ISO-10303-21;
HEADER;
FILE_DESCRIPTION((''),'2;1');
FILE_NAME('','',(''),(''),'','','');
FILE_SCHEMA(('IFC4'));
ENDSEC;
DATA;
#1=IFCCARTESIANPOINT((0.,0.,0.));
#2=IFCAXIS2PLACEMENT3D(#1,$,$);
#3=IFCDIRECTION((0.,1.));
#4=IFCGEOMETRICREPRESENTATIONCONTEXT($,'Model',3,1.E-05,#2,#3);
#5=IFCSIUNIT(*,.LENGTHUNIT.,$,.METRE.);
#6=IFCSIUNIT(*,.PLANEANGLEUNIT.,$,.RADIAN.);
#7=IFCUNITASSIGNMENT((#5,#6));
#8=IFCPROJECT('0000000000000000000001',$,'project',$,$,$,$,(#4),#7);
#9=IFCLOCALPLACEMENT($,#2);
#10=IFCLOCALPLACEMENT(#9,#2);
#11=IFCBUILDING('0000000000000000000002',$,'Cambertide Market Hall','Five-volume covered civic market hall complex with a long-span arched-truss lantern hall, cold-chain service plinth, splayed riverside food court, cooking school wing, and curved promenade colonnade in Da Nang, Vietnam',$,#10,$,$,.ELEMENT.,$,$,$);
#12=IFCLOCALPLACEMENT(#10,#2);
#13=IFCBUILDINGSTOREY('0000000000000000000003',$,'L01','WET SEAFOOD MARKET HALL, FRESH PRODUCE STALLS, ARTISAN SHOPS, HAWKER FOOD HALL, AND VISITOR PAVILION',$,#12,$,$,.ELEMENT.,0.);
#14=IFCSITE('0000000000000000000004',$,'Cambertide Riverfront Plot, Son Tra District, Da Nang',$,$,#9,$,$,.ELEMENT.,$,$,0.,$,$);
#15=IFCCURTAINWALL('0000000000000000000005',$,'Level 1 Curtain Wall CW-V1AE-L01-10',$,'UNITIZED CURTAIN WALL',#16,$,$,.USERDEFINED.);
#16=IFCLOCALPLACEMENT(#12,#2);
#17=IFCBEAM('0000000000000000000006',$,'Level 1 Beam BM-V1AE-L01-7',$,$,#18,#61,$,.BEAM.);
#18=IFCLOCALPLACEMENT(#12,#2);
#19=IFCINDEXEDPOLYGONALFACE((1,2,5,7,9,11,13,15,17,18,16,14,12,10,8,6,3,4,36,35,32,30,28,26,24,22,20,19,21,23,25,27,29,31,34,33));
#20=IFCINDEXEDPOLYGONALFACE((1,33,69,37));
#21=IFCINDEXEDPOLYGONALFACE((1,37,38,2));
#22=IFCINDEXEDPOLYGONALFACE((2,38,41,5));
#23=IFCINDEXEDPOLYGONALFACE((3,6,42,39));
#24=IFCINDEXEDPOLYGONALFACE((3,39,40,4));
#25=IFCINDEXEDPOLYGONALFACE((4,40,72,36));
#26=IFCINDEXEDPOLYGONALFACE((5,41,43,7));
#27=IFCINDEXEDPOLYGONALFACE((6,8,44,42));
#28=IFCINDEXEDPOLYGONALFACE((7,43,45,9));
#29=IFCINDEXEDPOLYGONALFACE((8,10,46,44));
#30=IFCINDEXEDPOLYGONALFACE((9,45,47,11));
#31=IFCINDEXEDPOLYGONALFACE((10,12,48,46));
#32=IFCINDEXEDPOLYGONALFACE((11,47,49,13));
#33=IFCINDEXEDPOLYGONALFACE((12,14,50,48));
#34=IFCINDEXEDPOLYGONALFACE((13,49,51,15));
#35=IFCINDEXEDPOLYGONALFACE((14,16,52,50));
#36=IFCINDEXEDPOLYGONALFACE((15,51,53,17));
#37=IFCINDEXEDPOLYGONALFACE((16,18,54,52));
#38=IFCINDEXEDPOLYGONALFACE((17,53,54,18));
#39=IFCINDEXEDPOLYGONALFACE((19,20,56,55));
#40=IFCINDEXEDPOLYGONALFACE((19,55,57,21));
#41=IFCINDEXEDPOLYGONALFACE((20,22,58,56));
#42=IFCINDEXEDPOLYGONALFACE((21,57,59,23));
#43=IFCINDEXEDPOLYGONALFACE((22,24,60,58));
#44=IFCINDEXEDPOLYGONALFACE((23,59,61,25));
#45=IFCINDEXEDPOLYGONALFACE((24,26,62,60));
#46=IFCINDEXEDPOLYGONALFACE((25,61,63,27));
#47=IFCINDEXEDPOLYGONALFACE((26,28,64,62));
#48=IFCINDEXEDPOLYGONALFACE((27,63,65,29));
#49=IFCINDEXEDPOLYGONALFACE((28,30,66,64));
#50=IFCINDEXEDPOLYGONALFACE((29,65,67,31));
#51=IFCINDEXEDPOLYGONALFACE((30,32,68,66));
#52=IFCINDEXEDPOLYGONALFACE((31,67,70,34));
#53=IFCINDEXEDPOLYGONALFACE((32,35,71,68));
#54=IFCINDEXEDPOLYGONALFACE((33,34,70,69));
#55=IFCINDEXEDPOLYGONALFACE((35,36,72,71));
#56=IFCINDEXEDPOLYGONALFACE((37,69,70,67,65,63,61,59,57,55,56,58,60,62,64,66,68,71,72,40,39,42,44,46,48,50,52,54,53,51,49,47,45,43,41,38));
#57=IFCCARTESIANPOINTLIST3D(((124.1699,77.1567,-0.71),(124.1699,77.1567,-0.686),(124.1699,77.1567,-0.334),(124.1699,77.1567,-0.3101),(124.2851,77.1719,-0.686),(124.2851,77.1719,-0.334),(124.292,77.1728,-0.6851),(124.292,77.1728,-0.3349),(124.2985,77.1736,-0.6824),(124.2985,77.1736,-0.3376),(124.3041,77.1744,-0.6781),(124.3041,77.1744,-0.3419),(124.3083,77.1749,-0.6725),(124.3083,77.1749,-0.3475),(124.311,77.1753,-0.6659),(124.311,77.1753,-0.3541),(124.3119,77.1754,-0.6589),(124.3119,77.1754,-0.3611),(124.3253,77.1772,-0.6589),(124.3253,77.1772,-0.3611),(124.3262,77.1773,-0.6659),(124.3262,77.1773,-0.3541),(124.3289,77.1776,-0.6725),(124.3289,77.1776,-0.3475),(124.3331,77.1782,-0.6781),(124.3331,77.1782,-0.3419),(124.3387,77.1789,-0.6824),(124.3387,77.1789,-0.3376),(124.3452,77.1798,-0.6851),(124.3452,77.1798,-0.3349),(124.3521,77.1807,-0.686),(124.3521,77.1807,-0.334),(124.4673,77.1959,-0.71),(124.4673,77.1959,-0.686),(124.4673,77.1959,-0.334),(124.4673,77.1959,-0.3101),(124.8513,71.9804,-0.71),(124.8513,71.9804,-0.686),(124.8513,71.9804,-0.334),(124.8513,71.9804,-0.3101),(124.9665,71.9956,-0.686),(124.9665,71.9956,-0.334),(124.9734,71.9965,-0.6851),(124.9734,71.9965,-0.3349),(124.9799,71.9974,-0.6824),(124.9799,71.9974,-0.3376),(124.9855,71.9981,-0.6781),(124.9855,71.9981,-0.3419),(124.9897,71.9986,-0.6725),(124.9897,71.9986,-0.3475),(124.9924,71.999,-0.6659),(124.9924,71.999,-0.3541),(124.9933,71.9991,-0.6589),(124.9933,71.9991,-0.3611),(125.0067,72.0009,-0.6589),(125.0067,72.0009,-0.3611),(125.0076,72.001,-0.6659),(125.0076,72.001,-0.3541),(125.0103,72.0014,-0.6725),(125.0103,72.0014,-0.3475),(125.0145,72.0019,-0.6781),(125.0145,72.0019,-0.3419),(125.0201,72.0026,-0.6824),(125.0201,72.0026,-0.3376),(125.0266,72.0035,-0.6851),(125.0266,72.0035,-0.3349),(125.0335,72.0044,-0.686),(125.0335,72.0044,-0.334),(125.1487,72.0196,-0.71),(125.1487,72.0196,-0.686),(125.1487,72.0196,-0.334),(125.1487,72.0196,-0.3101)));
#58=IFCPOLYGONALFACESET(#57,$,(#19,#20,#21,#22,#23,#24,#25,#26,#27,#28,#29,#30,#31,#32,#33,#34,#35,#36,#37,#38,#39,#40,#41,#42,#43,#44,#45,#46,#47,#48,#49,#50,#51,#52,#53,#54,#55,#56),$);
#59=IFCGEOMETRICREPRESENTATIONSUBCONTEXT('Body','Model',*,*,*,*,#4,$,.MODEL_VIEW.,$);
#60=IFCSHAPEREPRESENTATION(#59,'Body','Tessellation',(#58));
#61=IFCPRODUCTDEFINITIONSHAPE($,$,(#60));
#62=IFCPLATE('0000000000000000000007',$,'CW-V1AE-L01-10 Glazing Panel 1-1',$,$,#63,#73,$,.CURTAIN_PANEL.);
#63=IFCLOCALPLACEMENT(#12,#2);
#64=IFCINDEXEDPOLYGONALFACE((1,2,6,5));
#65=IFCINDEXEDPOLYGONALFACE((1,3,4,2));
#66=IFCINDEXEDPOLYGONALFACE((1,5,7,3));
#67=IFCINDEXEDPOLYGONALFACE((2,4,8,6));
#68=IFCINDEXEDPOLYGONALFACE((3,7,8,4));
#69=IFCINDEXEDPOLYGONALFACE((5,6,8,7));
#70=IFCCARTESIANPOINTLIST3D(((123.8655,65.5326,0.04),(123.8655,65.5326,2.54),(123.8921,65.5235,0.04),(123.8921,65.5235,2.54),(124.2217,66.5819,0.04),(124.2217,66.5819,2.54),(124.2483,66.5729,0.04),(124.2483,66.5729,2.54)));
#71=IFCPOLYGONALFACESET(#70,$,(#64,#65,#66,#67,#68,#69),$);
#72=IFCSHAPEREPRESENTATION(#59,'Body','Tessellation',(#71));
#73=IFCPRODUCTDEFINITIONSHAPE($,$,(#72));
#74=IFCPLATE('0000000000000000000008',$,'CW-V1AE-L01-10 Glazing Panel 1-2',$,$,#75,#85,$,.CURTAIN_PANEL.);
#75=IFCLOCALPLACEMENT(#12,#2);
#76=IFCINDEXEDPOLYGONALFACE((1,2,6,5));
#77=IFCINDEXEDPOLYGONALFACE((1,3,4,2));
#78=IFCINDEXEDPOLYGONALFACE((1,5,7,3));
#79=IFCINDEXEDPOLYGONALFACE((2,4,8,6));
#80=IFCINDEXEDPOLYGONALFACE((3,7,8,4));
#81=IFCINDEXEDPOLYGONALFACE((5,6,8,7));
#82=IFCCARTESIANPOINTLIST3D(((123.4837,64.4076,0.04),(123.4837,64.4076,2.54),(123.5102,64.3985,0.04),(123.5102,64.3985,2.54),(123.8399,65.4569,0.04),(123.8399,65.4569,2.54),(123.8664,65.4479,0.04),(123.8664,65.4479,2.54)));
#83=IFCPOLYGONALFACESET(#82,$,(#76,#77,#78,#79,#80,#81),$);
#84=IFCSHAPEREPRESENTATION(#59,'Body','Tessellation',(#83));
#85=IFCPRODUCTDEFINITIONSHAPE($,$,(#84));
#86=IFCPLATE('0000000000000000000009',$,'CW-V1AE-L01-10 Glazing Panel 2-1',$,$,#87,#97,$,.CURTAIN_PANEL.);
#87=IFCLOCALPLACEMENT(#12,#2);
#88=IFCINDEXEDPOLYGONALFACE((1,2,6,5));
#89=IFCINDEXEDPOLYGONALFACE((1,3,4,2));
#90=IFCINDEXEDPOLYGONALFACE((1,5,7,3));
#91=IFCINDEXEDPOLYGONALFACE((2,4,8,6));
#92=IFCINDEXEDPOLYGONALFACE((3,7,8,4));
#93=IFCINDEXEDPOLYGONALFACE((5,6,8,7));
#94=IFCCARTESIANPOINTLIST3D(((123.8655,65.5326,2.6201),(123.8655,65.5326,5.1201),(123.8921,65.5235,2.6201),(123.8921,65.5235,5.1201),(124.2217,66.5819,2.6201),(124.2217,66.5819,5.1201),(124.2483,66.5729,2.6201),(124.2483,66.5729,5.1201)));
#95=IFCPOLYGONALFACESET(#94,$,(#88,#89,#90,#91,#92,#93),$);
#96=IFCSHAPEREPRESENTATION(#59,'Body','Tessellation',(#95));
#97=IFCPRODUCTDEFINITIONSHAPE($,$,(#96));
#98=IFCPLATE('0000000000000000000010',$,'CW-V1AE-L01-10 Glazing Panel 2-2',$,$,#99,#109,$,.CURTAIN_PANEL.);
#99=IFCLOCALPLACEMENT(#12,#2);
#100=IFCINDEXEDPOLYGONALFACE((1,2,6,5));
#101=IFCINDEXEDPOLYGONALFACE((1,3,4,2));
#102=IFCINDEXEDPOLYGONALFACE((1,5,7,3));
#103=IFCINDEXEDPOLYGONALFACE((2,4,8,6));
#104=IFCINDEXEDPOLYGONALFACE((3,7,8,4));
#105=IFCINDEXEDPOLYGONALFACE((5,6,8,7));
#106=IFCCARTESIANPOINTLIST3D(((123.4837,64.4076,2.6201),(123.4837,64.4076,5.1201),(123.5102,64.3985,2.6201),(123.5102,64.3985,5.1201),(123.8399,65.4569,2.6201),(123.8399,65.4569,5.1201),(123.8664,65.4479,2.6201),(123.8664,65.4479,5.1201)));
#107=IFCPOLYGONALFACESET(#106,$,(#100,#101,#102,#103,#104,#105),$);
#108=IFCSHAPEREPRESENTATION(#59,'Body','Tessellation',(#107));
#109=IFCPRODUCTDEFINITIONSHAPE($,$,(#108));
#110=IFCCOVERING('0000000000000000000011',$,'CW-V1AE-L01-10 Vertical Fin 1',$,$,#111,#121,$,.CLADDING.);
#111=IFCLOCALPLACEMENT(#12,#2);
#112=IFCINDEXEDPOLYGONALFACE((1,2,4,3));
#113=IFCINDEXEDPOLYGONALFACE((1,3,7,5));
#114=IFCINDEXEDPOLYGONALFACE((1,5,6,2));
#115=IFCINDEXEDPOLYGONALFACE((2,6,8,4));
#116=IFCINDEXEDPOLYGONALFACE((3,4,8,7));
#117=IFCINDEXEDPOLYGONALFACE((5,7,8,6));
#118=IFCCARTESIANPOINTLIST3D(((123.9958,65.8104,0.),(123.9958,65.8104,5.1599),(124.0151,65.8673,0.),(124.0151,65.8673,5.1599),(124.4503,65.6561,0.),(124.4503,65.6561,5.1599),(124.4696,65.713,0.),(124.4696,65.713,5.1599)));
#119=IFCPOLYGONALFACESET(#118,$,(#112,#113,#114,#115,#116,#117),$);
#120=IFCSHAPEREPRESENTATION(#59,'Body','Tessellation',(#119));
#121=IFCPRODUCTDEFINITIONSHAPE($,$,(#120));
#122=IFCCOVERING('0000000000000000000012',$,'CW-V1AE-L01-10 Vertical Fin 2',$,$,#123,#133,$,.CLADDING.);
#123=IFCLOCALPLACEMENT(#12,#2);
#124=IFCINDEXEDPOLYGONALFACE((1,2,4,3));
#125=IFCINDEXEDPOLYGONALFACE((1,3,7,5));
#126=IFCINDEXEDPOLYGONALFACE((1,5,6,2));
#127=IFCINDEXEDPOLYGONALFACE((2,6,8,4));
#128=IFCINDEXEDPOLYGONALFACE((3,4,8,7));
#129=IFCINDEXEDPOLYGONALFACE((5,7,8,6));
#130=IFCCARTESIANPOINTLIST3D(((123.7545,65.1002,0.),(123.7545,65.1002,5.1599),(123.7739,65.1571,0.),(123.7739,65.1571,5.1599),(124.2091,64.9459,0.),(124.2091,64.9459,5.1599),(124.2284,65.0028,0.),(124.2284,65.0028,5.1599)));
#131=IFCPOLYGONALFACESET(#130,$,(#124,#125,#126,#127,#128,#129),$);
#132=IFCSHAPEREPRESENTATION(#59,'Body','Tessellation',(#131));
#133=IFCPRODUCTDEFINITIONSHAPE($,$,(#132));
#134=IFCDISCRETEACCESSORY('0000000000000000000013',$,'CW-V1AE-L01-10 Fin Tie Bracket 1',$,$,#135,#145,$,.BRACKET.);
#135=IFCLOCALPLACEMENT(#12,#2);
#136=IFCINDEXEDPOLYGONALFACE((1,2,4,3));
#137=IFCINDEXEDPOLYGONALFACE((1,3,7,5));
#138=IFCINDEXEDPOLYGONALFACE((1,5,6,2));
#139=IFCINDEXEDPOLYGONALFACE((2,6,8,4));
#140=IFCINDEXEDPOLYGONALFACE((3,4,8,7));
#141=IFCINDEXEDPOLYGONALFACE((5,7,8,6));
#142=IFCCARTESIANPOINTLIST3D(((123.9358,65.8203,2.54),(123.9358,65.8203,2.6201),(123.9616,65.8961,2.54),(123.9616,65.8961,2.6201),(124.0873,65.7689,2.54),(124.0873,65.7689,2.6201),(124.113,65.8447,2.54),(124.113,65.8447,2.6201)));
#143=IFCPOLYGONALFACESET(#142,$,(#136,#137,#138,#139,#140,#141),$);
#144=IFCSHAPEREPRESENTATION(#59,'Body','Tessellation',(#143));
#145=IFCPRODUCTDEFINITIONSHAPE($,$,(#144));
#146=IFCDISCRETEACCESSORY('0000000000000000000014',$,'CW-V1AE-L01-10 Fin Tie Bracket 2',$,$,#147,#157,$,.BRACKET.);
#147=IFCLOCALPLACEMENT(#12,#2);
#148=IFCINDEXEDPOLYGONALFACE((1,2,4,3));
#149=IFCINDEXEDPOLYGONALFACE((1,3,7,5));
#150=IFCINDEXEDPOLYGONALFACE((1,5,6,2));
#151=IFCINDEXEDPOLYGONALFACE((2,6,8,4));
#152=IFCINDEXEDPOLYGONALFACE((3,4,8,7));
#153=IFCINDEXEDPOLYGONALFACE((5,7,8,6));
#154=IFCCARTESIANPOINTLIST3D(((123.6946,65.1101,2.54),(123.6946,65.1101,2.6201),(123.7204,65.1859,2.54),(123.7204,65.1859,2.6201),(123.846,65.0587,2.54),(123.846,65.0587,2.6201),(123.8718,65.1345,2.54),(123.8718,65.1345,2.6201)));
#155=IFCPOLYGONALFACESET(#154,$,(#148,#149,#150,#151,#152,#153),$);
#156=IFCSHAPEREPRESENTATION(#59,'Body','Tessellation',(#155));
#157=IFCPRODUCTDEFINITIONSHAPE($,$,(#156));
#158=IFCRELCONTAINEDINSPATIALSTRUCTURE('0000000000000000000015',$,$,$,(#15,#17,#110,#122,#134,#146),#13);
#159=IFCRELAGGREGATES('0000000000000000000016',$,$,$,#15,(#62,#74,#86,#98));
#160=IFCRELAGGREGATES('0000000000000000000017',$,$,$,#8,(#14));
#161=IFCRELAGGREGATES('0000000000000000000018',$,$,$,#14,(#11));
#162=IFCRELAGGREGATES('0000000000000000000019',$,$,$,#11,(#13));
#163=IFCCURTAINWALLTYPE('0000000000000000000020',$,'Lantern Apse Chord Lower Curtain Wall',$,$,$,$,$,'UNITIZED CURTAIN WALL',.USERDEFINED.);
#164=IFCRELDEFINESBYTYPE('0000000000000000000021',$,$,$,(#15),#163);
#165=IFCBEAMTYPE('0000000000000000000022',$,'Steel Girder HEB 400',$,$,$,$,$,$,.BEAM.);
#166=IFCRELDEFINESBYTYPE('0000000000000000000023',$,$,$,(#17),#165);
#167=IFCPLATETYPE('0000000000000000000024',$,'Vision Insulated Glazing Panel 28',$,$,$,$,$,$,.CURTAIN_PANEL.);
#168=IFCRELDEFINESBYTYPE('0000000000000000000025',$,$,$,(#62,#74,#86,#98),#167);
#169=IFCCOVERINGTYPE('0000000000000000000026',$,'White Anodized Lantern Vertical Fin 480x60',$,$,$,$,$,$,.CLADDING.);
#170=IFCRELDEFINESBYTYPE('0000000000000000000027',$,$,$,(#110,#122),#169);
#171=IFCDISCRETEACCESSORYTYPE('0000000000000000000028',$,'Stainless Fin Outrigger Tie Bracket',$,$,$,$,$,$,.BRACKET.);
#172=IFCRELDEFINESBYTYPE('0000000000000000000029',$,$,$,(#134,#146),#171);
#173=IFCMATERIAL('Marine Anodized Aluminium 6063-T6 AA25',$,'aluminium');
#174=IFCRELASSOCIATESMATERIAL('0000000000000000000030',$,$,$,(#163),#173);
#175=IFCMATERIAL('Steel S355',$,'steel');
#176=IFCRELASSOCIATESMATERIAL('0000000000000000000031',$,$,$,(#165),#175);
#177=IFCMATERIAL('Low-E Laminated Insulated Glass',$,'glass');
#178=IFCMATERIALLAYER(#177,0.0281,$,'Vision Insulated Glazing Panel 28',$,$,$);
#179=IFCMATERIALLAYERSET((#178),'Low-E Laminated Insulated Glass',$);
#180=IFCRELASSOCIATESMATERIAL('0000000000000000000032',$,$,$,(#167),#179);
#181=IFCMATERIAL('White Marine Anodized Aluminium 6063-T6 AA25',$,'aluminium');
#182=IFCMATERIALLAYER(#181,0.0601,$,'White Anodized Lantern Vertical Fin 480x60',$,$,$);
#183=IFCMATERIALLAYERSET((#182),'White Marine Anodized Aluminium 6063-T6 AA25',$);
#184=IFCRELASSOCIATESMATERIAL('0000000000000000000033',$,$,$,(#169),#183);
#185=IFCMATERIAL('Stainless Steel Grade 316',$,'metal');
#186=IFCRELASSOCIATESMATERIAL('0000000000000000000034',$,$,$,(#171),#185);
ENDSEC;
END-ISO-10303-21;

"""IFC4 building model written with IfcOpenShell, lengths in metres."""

from ifc_helpers import new_model, si_unit, direction, frame, origin, origin_2d, place, context, subcontext, project, spatial, rectangle, i_section, extrude, material, layer, layer_set, material_profile, profile_set, type_object, element, aggregate, save


model = new_model("IFC4")

# Units and contexts
model_context = context("Model", 3, precision=1e-05, world=origin(), true_north=direction((0.0, 1.0)))
body_context = subcontext(model_context, "Body", "Model", "MODEL_VIEW")
ifc_project = project(units=[si_unit("LENGTHUNIT", "METRE"), si_unit("PLANEANGLEUNIT", "RADIAN")], contexts=[model_context])

# Site, building, storey
site_placement = place(None, origin())
site = spatial("IfcSite", under=ifc_project, at=site_placement, Name="Cambertide Riverfront Plot, Son Tra District, Da Nang", CompositionType="ELEMENT", RefElevation=0.0)
building_placement = place(site_placement, origin())
building = spatial("IfcBuilding", under=site, at=building_placement, Name="Cambertide Market Hall", Description="Five-volume covered civic market hall complex with a long-span arched-truss lantern hall, cold-chain service plinth, splayed riverside food court, cooking school wing, and curved promenade colonnade in Da Nang, Vietnam", CompositionType="ELEMENT")
storey_placement = place(building_placement, origin())
storey = spatial("IfcBuildingStorey", under=building, at=storey_placement, Name="L01", Description="WET SEAFOOD MARKET HALL, FRESH PRODUCE STALLS, ARTISAN SHOPS, HAWKER FOOD HALL, AND VISITOR PAVILION", CompositionType="ELEMENT", Elevation=0.0)

# Shared definitions
ifc_material_1 = material(Name="Marine Anodized Aluminium 6063-T6 AA25", Category="aluminium")
curtain_wall_type = type_object("IfcCurtainWallType", Name="Lantern Apse Chord Lower Curtain Wall", ElementType="UNITIZED CURTAIN WALL", PredefinedType="USERDEFINED", material=ifc_material_1)

# Curtain wall
curtain_wall_1_placement = place(storey_placement, origin())
curtain_wall_1 = element("IfcCurtainWall", 1, at=curtain_wall_1_placement, inside=storey, type_object=curtain_wall_type, Name="Level 1 Curtain Wall CW-V1AE-L01-10", ObjectType="UNITIZED CURTAIN WALL", PredefinedType="USERDEFINED")

# Beam
ifc_material_2 = material(Name="Steel S355", Category="steel")
ifc_material_profile_1 = material_profile(ifc_material_2, i_section(OverallWidth=0.3, OverallDepth=0.3999, WebThickness=0.0134, FlangeThickness=0.0239, FilletRadius=0.0271, at=origin_2d()), Name="HEB 400")
ifc_profile_set_1 = profile_set([ifc_material_profile_1], Name="Steel S355")
beam_type = type_object("IfcBeamType", Name="Steel Girder HEB 400", PredefinedType="BEAM", material=ifc_profile_set_1)
for number, where, z_axis, x_axis, name in (
    (2, (125.0, 72.0, -0.51), (-0.130513, 0.991447, 0.0), (-0.991447, -0.130513, 0.0), "Level 1 Beam BM-V1AE-L01-7"),
):
    element("IfcBeam", number, at=place(storey_placement, frame(where, z_axis=z_axis, x_axis=x_axis)), inside=storey, type_object=beam_type, Name=name, PredefinedType="BEAM", context=body_context, shape_type="SweptSolid", body=[
        extrude(i_section(OverallWidth=0.3, OverallDepth=0.3999, WebThickness=0.0134, FlangeThickness=0.0239, FilletRadius=0.0271, at=origin_2d()), origin(), (0.0, 0.0, 1.0), 5.2209),
    ])

# Plates
ifc_material_3 = material(Name="Low-E Laminated Insulated Glass", Category="glass")
ifc_layer_1 = layer(ifc_material_3, 0.0281, Name="Vision Insulated Glazing Panel 28")
ifc_layer_set_1 = layer_set([ifc_layer_1], Name="Low-E Laminated Insulated Glass")
plate_type = type_object("IfcPlateType", Name="Vision Insulated Glazing Panel 28", PredefinedType="CURTAIN_PANEL", material=ifc_layer_set_1)
plate_1_placement = place(storey_placement, frame((124.0569, 66.0527, 0.04), z_axis=(0.0, 0.0, 1.0), x_axis=(-0.321439, -0.94693, 0.0)))
plate_1 = element("IfcPlate", 3, at=plate_1_placement, type_object=plate_type, Name="CW-V1AE-L01-10 Glazing Panel 1-1", PredefinedType="CURTAIN_PANEL", context=body_context, shape_type="SweptSolid", body=[
    extrude(rectangle(XDim=1.1082, YDim=0.0281, at=origin_2d()), origin(), (0.0, 0.0, 1.0), 2.5),
])
plate_2_placement = place(storey_placement, frame((123.675, 64.9277, 0.04), z_axis=(0.0, 0.0, 1.0), x_axis=(-0.321439, -0.94693, 0.0)))
plate_2 = element("IfcPlate", 4, at=plate_2_placement, type_object=plate_type, Name="CW-V1AE-L01-10 Glazing Panel 1-2", PredefinedType="CURTAIN_PANEL", context=body_context, shape_type="SweptSolid", body=[
    extrude(rectangle(XDim=1.1082, YDim=0.0281, at=origin_2d()), origin(), (0.0, 0.0, 1.0), 2.5),
])
plate_3_placement = place(storey_placement, frame((124.0569, 66.0527, 2.6201), z_axis=(0.0, 0.0, 1.0), x_axis=(-0.321439, -0.94693, 0.0)))
plate_3 = element("IfcPlate", 5, at=plate_3_placement, type_object=plate_type, Name="CW-V1AE-L01-10 Glazing Panel 2-1", PredefinedType="CURTAIN_PANEL", context=body_context, shape_type="SweptSolid", body=[
    extrude(rectangle(XDim=1.1082, YDim=0.0281, at=origin_2d()), origin(), (0.0, 0.0, 1.0), 2.5),
])
plate_4_placement = place(storey_placement, frame((123.675, 64.9277, 2.6201), z_axis=(0.0, 0.0, 1.0), x_axis=(-0.321439, -0.94693, 0.0)))
plate_4 = element("IfcPlate", 6, at=plate_4_placement, type_object=plate_type, Name="CW-V1AE-L01-10 Glazing Panel 2-2", PredefinedType="CURTAIN_PANEL", context=body_context, shape_type="SweptSolid", body=[
    extrude(rectangle(XDim=1.1082, YDim=0.0281, at=origin_2d()), origin(), (0.0, 0.0, 1.0), 2.5),
])
aggregate(curtain_wall_1, [plate_1, plate_2, plate_3, plate_4])

# Coverings
ifc_material_4 = material(Name="White Marine Anodized Aluminium 6063-T6 AA25", Category="aluminium")
ifc_layer_2 = layer(ifc_material_4, 0.0601, Name="White Anodized Lantern Vertical Fin 480x60")
ifc_layer_set_2 = layer_set([ifc_layer_2], Name="White Marine Anodized Aluminium 6063-T6 AA25")
covering_type = type_object("IfcCoveringType", Name="White Anodized Lantern Vertical Fin 480x60", PredefinedType="CLADDING", material=ifc_layer_set_2)
for number, where, z_axis, x_axis, name in (
    (7, (124.2327, 65.7617, 0.0), (0.0, 0.0, 1.0), (-0.321439, -0.94693, 0.0), "CW-V1AE-L01-10 Vertical Fin 1"),
    (8, (123.9915, 65.0515, 0.0), (0.0, 0.0, 1.0), (-0.321439, -0.94693, 0.0), "CW-V1AE-L01-10 Vertical Fin 2"),
):
    element("IfcCovering", number, at=place(storey_placement, frame(where, z_axis=z_axis, x_axis=x_axis)), inside=storey, type_object=covering_type, Name=name, PredefinedType="CLADDING", context=body_context, shape_type="SweptSolid", body=[
        extrude(rectangle(XDim=0.0601, YDim=0.48, at=origin_2d()), origin(), (0.0, 0.0, 1.0), 5.1599),
    ])

# Discrete accessories
ifc_material_5 = material(Name="Stainless Steel Grade 316", Category="metal")
discrete_accessory_type = type_object("IfcDiscreteAccessoryType", Name="Stainless Fin Outrigger Tie Bracket", PredefinedType="BRACKET", material=ifc_material_5)
for number, where, z_axis, x_axis, name in (
    (9, (124.0244, 65.8325, 2.54), (0.0, 0.0, 1.0), (-0.321439, -0.94693, 0.0), "CW-V1AE-L01-10 Fin Tie Bracket 1"),
    (10, (123.7832, 65.1223, 2.54), (0.0, 0.0, 1.0), (-0.321439, -0.94693, 0.0), "CW-V1AE-L01-10 Fin Tie Bracket 2"),
):
    element("IfcDiscreteAccessory", number, at=place(storey_placement, frame(where, z_axis=z_axis, x_axis=x_axis)), inside=storey, type_object=discrete_accessory_type, Name=name, PredefinedType="BRACKET", context=body_context, shape_type="SweptSolid", body=[
        extrude(rectangle(XDim=0.0801, YDim=0.1599, at=origin_2d()), origin(), (0.0, 0.0, 1.0), 0.0801),
    ])

save(model, "model.ifc")
